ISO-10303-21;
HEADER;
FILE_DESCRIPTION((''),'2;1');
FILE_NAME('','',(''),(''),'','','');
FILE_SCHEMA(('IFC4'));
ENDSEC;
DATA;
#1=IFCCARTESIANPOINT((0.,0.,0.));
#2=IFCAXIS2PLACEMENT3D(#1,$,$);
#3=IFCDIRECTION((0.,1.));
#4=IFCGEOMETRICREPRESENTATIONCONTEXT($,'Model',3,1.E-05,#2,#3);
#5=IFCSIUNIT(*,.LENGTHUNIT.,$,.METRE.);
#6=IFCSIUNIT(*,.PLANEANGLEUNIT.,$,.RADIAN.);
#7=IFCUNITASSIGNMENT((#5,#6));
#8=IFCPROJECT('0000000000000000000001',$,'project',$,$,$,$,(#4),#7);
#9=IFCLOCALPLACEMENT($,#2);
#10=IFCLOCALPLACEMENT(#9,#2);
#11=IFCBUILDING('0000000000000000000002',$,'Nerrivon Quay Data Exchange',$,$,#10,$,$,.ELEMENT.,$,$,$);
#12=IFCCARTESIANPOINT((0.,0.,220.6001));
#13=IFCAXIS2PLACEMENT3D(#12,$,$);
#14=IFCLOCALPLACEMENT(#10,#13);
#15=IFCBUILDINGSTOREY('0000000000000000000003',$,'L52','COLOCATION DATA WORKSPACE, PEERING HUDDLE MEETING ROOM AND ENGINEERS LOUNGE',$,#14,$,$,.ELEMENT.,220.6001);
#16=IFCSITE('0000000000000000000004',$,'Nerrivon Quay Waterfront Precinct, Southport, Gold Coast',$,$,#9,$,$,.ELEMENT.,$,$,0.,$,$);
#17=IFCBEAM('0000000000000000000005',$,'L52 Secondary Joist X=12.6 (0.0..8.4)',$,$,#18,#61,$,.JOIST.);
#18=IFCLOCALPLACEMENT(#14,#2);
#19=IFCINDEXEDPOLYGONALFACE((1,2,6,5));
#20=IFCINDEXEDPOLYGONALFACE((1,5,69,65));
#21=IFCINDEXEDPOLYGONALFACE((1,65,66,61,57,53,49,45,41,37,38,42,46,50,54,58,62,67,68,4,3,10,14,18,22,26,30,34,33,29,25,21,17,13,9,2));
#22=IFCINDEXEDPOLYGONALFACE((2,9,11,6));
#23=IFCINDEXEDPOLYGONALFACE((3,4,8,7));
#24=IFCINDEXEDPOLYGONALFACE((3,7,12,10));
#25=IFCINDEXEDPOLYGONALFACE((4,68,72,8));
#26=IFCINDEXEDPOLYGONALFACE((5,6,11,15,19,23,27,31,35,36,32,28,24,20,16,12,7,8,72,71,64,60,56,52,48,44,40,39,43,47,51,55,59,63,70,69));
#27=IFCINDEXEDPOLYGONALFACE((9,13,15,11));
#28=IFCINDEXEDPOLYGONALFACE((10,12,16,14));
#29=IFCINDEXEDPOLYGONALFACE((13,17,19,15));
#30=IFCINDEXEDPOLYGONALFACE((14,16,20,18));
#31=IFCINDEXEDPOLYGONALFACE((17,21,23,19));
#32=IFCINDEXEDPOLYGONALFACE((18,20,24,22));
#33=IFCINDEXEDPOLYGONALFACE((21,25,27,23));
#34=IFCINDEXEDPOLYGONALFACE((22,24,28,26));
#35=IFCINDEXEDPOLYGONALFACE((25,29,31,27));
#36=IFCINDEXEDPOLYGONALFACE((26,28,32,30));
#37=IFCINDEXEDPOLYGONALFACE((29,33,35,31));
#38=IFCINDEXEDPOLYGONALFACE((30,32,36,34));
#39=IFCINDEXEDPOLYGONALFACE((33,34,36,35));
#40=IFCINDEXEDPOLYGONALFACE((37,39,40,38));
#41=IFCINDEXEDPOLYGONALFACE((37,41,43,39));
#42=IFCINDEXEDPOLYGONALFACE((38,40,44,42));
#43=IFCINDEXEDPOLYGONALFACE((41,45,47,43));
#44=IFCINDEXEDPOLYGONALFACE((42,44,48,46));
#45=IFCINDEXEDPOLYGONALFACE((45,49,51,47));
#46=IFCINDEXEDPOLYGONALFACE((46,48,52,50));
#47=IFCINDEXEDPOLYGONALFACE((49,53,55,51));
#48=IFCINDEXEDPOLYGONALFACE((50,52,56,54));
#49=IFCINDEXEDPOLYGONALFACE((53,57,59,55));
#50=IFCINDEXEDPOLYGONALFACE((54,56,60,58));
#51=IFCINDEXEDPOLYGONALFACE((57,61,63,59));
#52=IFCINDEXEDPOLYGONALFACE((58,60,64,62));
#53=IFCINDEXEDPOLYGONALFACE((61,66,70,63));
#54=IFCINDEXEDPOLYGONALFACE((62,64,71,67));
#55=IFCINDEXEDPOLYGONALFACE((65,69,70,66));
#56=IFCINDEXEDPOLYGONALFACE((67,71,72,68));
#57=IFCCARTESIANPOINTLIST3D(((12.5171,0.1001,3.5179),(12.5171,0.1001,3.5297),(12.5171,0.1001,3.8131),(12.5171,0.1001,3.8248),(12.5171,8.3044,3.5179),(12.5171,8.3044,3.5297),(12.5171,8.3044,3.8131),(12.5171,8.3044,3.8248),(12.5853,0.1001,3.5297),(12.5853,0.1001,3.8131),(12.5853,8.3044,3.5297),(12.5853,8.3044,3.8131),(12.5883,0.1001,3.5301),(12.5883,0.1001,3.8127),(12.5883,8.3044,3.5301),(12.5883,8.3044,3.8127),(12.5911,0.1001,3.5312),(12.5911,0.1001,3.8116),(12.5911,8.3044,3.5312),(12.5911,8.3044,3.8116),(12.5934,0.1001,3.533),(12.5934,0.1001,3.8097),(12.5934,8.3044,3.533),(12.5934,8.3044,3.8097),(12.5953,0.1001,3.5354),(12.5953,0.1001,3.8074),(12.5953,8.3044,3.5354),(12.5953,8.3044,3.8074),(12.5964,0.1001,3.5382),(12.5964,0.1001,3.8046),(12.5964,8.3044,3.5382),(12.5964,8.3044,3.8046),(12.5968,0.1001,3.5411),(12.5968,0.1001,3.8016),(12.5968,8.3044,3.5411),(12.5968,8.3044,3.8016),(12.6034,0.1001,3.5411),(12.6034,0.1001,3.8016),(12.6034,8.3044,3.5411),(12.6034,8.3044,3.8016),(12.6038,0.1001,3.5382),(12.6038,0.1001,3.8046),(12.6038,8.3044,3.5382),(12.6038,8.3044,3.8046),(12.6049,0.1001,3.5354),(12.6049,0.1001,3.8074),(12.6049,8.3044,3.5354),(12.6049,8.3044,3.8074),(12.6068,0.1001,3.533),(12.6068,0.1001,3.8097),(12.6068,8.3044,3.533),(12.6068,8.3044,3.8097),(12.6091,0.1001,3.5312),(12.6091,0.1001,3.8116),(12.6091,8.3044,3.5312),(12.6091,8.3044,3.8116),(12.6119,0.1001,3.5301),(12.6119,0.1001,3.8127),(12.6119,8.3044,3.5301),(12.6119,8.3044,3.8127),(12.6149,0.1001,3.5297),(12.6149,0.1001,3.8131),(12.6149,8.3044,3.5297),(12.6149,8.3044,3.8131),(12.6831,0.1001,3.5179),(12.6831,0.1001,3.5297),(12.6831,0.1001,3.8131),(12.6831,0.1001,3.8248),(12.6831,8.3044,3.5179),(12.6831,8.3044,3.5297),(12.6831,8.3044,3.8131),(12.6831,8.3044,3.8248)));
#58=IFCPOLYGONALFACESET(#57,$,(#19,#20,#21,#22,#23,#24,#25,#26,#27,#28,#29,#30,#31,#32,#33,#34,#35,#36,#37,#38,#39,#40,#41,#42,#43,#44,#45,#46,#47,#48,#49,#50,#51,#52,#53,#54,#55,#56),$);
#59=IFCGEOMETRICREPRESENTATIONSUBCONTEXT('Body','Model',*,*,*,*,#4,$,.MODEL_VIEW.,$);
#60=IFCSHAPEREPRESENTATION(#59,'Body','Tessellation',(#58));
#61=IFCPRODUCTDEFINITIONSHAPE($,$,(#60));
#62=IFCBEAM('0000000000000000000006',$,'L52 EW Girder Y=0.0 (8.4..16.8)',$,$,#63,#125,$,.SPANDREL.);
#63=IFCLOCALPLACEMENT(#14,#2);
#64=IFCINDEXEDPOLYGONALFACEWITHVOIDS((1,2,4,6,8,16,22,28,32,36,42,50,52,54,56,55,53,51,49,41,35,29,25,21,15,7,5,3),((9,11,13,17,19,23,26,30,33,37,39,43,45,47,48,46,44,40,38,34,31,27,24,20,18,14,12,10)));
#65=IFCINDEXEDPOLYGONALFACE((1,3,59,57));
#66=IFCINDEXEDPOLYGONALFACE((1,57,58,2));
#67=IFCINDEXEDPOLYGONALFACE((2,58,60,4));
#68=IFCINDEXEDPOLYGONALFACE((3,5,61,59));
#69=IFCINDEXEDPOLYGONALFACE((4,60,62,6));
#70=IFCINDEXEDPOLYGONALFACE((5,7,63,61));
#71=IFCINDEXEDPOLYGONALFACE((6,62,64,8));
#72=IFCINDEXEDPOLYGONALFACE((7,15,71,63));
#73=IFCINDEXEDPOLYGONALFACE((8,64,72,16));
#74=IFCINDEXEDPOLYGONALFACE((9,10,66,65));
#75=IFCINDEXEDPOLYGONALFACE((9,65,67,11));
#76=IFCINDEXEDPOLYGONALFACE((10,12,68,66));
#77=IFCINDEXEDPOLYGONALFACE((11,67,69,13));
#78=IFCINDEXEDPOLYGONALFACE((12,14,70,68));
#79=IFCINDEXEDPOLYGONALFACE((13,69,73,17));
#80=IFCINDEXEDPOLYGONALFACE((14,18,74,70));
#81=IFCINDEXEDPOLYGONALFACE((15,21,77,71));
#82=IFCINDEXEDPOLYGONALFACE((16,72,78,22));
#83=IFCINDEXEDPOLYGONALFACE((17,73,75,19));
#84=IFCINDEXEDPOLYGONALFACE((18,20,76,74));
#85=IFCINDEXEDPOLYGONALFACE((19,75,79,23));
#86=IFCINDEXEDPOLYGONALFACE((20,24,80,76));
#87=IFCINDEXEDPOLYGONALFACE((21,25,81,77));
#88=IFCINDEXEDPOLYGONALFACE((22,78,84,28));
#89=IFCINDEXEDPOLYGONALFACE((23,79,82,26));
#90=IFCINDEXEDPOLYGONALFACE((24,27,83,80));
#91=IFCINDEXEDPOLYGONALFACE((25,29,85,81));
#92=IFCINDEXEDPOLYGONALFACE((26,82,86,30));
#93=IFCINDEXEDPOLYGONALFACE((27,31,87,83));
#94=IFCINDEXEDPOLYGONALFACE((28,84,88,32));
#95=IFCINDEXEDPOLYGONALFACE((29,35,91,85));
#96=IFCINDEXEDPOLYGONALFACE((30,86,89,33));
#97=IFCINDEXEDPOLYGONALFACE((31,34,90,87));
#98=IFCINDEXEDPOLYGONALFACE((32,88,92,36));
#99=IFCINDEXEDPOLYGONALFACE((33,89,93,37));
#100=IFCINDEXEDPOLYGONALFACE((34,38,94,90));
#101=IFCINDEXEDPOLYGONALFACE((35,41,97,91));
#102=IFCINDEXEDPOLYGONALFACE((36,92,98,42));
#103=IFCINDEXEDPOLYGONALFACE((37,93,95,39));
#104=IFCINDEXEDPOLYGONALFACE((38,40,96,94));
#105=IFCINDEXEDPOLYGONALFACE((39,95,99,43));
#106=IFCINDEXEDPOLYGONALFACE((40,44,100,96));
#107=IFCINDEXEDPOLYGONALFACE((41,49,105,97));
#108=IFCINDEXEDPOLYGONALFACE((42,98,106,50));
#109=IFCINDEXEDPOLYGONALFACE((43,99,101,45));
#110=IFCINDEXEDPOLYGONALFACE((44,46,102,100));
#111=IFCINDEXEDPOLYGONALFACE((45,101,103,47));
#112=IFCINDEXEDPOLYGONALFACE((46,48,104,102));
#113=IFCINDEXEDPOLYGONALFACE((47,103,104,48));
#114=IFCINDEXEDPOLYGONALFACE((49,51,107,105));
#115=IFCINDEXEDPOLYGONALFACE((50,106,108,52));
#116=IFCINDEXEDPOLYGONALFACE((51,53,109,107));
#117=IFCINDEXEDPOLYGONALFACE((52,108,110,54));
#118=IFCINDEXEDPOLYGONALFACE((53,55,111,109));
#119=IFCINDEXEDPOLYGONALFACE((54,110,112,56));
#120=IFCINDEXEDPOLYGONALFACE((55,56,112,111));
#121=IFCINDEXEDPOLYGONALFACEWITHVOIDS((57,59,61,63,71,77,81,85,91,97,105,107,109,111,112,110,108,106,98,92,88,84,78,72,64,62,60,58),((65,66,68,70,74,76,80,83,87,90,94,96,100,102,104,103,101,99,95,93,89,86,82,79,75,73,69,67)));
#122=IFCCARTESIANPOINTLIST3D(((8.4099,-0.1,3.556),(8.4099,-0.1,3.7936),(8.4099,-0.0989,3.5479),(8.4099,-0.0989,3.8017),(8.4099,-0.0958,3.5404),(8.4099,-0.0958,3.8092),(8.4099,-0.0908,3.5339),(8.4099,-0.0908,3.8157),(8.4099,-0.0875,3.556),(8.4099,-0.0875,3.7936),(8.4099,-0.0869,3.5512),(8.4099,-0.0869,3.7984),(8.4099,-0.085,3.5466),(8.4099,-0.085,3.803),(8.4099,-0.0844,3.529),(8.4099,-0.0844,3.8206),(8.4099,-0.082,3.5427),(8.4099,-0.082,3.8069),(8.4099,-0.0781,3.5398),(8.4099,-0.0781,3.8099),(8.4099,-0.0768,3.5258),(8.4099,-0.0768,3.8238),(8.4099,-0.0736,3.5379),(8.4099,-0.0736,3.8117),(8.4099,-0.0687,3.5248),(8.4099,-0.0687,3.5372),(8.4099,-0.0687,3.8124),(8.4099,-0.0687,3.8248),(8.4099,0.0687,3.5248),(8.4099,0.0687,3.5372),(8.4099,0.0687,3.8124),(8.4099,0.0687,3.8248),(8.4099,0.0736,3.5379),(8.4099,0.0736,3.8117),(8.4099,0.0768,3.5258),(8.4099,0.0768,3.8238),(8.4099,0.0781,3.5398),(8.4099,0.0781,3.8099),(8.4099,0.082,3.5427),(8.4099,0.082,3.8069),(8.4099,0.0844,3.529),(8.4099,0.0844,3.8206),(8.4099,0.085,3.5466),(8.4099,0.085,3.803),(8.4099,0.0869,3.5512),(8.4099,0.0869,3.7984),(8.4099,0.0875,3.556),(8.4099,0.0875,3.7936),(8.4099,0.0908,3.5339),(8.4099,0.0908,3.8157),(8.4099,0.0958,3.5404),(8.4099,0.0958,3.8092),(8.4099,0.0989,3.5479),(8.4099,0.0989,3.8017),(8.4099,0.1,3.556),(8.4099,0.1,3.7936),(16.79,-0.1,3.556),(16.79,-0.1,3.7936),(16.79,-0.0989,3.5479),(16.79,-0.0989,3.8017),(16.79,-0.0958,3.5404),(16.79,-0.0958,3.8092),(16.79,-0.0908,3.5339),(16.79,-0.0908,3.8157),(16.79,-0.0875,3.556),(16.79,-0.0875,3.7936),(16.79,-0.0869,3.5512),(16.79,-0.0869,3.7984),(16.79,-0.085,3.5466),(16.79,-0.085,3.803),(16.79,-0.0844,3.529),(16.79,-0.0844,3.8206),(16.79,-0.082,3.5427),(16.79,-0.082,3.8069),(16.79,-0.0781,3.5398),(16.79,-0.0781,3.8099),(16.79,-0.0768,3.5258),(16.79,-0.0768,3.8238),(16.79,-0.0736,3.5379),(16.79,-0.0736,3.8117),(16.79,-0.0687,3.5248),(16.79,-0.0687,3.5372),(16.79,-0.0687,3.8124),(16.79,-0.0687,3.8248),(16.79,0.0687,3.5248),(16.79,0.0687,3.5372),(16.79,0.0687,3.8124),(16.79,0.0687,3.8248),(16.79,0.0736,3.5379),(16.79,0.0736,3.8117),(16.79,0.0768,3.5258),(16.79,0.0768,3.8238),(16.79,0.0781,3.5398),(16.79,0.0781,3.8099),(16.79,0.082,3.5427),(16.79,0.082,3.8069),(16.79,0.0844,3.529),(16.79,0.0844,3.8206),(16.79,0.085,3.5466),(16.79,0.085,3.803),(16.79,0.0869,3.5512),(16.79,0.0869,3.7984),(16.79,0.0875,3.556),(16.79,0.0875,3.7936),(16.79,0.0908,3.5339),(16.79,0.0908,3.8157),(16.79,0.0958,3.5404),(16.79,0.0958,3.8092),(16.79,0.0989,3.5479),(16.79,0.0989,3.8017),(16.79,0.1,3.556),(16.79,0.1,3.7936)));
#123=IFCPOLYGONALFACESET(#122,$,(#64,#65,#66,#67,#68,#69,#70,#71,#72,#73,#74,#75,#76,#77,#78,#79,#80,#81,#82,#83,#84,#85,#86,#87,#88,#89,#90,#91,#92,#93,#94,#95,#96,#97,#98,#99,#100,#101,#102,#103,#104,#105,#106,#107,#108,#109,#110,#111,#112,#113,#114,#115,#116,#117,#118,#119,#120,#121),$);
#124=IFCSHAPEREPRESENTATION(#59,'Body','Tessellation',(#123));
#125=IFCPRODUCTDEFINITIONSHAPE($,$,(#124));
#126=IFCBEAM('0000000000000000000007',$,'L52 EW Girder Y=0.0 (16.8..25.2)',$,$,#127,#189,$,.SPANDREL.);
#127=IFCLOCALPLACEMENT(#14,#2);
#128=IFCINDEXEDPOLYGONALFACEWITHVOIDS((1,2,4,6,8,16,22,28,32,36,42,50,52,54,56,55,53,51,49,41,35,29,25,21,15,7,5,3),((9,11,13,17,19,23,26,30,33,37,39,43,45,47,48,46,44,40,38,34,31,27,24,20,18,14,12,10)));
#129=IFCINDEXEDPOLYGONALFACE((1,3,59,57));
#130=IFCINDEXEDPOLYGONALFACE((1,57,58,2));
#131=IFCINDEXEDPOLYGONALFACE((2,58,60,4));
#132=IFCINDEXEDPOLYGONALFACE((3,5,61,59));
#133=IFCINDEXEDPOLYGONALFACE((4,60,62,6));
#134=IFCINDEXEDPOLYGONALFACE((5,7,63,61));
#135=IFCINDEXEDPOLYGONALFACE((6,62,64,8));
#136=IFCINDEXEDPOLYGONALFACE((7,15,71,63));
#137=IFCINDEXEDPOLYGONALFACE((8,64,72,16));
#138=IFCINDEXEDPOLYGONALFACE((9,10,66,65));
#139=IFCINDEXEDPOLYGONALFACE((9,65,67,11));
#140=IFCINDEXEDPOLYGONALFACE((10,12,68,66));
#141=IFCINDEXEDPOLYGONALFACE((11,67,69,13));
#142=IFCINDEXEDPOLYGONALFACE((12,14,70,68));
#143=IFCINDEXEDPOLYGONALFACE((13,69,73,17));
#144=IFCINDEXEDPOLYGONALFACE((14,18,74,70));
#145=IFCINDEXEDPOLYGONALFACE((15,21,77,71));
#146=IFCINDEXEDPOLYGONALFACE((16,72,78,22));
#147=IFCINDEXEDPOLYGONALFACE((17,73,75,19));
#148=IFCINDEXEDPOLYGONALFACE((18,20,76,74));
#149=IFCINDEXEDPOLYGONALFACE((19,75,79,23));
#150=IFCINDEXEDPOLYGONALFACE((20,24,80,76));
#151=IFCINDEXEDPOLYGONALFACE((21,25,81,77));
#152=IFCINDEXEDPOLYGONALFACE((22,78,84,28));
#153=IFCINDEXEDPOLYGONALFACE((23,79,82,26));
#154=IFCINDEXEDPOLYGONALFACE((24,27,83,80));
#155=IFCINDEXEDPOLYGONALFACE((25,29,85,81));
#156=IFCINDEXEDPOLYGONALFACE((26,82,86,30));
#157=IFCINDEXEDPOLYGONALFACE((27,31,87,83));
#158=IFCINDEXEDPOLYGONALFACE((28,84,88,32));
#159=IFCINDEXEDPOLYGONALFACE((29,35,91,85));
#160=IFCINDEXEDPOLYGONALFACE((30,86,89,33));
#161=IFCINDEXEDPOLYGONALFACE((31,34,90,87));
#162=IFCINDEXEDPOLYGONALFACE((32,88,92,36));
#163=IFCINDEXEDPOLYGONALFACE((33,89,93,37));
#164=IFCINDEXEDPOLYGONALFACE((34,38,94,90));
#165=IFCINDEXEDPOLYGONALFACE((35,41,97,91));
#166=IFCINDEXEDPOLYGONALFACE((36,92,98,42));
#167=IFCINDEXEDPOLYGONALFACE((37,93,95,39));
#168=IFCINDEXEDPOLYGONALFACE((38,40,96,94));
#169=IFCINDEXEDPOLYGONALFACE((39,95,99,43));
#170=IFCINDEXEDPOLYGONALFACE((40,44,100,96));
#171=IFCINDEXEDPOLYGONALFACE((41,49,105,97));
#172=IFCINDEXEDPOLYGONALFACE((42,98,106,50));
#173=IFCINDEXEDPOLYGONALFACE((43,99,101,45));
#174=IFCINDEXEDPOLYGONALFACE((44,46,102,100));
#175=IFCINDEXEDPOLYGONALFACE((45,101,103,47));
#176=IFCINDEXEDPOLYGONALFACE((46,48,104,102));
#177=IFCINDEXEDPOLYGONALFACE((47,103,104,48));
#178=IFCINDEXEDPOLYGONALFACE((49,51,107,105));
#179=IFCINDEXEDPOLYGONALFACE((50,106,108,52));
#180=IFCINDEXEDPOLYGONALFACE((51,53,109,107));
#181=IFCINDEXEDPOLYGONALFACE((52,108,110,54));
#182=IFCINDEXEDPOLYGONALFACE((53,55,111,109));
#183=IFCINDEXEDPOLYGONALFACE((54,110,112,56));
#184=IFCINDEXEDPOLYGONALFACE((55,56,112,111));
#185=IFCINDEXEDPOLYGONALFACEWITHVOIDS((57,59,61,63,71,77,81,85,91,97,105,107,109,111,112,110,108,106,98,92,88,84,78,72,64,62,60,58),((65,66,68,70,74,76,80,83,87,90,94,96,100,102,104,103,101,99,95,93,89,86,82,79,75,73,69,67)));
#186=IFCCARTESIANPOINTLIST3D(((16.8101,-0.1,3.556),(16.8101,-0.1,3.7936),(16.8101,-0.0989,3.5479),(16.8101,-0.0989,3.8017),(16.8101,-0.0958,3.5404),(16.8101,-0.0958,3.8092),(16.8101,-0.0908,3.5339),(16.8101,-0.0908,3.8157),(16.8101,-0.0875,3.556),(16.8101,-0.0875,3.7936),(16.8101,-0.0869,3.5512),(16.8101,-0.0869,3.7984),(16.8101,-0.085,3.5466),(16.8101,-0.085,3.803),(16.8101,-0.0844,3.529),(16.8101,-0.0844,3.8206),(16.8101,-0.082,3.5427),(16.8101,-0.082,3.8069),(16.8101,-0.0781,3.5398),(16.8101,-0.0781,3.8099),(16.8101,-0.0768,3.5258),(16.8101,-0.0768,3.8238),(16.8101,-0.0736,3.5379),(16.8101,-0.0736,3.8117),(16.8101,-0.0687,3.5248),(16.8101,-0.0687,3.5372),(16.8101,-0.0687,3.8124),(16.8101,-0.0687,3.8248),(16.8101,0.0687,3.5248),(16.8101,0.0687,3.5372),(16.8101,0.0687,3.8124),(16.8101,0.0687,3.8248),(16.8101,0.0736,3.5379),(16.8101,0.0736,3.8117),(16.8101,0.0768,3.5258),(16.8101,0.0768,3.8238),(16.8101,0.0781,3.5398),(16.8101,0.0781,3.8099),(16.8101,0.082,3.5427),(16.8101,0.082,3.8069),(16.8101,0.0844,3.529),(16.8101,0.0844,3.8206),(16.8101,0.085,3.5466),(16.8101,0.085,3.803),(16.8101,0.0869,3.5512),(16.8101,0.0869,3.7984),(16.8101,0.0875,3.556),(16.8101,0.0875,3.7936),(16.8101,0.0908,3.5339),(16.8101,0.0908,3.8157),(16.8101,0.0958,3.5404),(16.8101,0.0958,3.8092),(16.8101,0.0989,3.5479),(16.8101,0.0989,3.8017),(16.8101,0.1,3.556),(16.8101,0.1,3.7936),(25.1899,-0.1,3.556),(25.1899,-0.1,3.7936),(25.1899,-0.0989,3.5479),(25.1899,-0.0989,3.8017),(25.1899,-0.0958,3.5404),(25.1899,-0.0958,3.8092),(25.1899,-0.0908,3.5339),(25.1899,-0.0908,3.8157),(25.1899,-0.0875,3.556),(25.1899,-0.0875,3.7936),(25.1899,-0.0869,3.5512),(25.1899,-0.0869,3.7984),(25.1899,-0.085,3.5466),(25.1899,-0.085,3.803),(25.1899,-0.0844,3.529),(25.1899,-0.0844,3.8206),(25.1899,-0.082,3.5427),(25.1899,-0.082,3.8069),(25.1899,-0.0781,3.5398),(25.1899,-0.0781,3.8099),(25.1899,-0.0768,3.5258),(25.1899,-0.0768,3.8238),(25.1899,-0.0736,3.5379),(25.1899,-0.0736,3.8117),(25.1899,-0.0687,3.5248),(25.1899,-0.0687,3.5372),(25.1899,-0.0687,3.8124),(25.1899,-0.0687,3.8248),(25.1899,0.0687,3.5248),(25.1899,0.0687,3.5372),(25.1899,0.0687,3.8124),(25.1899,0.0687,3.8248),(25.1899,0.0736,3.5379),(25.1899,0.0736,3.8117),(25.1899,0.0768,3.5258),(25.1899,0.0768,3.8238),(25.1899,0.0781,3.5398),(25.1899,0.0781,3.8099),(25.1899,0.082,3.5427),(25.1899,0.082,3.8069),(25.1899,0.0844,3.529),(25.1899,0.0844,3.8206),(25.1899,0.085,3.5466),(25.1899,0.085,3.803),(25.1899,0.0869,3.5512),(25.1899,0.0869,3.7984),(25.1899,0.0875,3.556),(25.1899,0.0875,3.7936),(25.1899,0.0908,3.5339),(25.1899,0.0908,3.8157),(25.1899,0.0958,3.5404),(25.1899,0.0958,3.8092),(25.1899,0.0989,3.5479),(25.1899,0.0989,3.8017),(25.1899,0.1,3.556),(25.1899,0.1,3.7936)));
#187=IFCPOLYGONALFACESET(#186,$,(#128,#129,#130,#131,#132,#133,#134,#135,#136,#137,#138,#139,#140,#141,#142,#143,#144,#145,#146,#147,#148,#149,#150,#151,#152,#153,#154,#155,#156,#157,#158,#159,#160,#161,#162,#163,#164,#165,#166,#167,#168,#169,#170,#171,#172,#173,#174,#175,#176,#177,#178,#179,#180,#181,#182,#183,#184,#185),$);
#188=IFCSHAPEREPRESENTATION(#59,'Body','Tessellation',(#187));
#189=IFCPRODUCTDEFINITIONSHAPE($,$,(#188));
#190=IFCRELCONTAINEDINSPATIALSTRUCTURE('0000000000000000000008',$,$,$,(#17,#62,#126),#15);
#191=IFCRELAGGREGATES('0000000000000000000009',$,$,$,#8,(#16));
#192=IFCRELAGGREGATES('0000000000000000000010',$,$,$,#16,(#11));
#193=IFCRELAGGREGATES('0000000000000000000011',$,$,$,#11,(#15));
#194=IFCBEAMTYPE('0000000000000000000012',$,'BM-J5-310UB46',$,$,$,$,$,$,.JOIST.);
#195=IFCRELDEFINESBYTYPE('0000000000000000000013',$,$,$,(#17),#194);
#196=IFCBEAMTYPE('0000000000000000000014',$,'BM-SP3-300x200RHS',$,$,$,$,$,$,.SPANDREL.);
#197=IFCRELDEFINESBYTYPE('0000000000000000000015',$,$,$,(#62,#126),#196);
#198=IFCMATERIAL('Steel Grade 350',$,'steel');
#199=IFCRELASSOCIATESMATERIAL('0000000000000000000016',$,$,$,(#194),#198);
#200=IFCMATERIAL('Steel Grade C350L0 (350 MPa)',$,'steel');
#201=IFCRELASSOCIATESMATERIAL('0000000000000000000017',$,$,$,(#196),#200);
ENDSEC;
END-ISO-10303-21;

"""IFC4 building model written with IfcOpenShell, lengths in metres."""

from ifc_helpers import new_model, si_unit, direction, frame, origin, origin_2d, place, context, subcontext, project, spatial, hollow_rectangle, i_section, extrude, material, material_profile, profile_set, type_object, element, save


model = new_model("IFC4")

# Units and contexts
model_context = context("Model", 3, precision=1e-05, world=origin(), true_north=direction((0.0, 1.0)))
body_context = subcontext(model_context, "Body", "Model", "MODEL_VIEW")
ifc_project = project(units=[si_unit("LENGTHUNIT", "METRE"), si_unit("PLANEANGLEUNIT", "RADIAN")], contexts=[model_context])

# Site, building, storey
site_placement = place(None, origin())
site = spatial("IfcSite", under=ifc_project, at=site_placement, Name="Nerrivon Quay Waterfront Precinct, Southport, Gold Coast", CompositionType="ELEMENT", RefElevation=0.0)
building_placement = place(site_placement, origin())
building = spatial("IfcBuilding", under=site, at=building_placement, Name="Nerrivon Quay Data Exchange", CompositionType="ELEMENT")
storey_placement = place(building_placement, frame((0.0, 0.0, 220.6001)))
storey = spatial("IfcBuildingStorey", under=building, at=storey_placement, Name="L52", Description="COLOCATION DATA WORKSPACE, PEERING HUDDLE MEETING ROOM AND ENGINEERS LOUNGE", CompositionType="ELEMENT", Elevation=220.6001)

# Shared definitions
ifc_material_1 = material(Name="Steel Grade 350", Category="steel")

# Beams
ifc_material_profile_1 = material_profile(ifc_material_1, i_section(OverallWidth=0.166, OverallDepth=0.3069, WebThickness=0.0066, FlangeThickness=0.0117, FilletRadius=0.0115, at=origin_2d()), Name="310UB46.2")
ifc_profile_set_1 = profile_set([ifc_material_profile_1], Name="Steel Grade 350")
beam_type_1 = type_object("IfcBeamType", Name="BM-J5-310UB46", PredefinedType="JOIST", material=ifc_profile_set_1)
beam_1_placement = place(storey_placement, frame((12.6001, 0.1001, 3.6714), z_axis=(0.0, 1.0, 0.0), x_axis=(-1.0, 0.0, 0.0)))
element("IfcBeam", 1, at=beam_1_placement, inside=storey, type_object=beam_type_1, Name="L52 Secondary Joist X=12.6 (0.0..8.4)", PredefinedType="JOIST", context=body_context, shape_type="SweptSolid", body=[
    extrude(i_section(OverallWidth=0.166, OverallDepth=0.3069, WebThickness=0.0066, FlangeThickness=0.0117, FilletRadius=0.0115, at=origin_2d()), origin(), (0.0, 0.0, 1.0), 8.2043),
])
ifc_material_2 = material(Name="Steel Grade C350L0 (350 MPa)", Category="steel")
ifc_material_profile_2 = material_profile(ifc_material_2, hollow_rectangle(XDim=0.2, YDim=0.3, WallThickness=0.0125, InnerFilletRadius=0.0188, OuterFilletRadius=0.0312, at=origin_2d()), Name="300x200x12.5RHS")
ifc_profile_set_2 = profile_set([ifc_material_profile_2], Name="Steel Grade C350L0 (350 MPa)")
beam_type_2 = type_object("IfcBeamType", Name="BM-SP3-300x200RHS", PredefinedType="SPANDREL", material=ifc_profile_set_2)
beam_2_placement = place(storey_placement, frame((8.4099, 0.0, 3.6748), z_axis=(1.0, 0.0, 0.0), x_axis=(0.0, 1.0, 0.0)))
element("IfcBeam", 2, at=beam_2_placement, inside=storey, type_object=beam_type_2, Name="L52 EW Girder Y=0.0 (8.4..16.8)", PredefinedType="SPANDREL", context=body_context, shape_type="SweptSolid", body=[
    extrude(hollow_rectangle(XDim=0.2, YDim=0.3, WallThickness=0.0125, InnerFilletRadius=0.0188, OuterFilletRadius=0.0312, at=origin_2d()), origin(), (0.0, 0.0, 1.0), 8.3801),
])
beam_3_placement = place(storey_placement, frame((16.8101, 0.0, 3.6748), z_axis=(1.0, 0.0, 0.0), x_axis=(0.0, 1.0, 0.0)))
element("IfcBeam", 3, at=beam_3_placement, inside=storey, type_object=beam_type_2, Name="L52 EW Girder Y=0.0 (16.8..25.2)", PredefinedType="SPANDREL", context=body_context, shape_type="SweptSolid", body=[
    extrude(hollow_rectangle(XDim=0.2, YDim=0.3, WallThickness=0.0125, InnerFilletRadius=0.0188, OuterFilletRadius=0.0312, at=origin_2d()), origin(), (0.0, 0.0, 1.0), 8.3799),
])

save(model, "model.ifc")
